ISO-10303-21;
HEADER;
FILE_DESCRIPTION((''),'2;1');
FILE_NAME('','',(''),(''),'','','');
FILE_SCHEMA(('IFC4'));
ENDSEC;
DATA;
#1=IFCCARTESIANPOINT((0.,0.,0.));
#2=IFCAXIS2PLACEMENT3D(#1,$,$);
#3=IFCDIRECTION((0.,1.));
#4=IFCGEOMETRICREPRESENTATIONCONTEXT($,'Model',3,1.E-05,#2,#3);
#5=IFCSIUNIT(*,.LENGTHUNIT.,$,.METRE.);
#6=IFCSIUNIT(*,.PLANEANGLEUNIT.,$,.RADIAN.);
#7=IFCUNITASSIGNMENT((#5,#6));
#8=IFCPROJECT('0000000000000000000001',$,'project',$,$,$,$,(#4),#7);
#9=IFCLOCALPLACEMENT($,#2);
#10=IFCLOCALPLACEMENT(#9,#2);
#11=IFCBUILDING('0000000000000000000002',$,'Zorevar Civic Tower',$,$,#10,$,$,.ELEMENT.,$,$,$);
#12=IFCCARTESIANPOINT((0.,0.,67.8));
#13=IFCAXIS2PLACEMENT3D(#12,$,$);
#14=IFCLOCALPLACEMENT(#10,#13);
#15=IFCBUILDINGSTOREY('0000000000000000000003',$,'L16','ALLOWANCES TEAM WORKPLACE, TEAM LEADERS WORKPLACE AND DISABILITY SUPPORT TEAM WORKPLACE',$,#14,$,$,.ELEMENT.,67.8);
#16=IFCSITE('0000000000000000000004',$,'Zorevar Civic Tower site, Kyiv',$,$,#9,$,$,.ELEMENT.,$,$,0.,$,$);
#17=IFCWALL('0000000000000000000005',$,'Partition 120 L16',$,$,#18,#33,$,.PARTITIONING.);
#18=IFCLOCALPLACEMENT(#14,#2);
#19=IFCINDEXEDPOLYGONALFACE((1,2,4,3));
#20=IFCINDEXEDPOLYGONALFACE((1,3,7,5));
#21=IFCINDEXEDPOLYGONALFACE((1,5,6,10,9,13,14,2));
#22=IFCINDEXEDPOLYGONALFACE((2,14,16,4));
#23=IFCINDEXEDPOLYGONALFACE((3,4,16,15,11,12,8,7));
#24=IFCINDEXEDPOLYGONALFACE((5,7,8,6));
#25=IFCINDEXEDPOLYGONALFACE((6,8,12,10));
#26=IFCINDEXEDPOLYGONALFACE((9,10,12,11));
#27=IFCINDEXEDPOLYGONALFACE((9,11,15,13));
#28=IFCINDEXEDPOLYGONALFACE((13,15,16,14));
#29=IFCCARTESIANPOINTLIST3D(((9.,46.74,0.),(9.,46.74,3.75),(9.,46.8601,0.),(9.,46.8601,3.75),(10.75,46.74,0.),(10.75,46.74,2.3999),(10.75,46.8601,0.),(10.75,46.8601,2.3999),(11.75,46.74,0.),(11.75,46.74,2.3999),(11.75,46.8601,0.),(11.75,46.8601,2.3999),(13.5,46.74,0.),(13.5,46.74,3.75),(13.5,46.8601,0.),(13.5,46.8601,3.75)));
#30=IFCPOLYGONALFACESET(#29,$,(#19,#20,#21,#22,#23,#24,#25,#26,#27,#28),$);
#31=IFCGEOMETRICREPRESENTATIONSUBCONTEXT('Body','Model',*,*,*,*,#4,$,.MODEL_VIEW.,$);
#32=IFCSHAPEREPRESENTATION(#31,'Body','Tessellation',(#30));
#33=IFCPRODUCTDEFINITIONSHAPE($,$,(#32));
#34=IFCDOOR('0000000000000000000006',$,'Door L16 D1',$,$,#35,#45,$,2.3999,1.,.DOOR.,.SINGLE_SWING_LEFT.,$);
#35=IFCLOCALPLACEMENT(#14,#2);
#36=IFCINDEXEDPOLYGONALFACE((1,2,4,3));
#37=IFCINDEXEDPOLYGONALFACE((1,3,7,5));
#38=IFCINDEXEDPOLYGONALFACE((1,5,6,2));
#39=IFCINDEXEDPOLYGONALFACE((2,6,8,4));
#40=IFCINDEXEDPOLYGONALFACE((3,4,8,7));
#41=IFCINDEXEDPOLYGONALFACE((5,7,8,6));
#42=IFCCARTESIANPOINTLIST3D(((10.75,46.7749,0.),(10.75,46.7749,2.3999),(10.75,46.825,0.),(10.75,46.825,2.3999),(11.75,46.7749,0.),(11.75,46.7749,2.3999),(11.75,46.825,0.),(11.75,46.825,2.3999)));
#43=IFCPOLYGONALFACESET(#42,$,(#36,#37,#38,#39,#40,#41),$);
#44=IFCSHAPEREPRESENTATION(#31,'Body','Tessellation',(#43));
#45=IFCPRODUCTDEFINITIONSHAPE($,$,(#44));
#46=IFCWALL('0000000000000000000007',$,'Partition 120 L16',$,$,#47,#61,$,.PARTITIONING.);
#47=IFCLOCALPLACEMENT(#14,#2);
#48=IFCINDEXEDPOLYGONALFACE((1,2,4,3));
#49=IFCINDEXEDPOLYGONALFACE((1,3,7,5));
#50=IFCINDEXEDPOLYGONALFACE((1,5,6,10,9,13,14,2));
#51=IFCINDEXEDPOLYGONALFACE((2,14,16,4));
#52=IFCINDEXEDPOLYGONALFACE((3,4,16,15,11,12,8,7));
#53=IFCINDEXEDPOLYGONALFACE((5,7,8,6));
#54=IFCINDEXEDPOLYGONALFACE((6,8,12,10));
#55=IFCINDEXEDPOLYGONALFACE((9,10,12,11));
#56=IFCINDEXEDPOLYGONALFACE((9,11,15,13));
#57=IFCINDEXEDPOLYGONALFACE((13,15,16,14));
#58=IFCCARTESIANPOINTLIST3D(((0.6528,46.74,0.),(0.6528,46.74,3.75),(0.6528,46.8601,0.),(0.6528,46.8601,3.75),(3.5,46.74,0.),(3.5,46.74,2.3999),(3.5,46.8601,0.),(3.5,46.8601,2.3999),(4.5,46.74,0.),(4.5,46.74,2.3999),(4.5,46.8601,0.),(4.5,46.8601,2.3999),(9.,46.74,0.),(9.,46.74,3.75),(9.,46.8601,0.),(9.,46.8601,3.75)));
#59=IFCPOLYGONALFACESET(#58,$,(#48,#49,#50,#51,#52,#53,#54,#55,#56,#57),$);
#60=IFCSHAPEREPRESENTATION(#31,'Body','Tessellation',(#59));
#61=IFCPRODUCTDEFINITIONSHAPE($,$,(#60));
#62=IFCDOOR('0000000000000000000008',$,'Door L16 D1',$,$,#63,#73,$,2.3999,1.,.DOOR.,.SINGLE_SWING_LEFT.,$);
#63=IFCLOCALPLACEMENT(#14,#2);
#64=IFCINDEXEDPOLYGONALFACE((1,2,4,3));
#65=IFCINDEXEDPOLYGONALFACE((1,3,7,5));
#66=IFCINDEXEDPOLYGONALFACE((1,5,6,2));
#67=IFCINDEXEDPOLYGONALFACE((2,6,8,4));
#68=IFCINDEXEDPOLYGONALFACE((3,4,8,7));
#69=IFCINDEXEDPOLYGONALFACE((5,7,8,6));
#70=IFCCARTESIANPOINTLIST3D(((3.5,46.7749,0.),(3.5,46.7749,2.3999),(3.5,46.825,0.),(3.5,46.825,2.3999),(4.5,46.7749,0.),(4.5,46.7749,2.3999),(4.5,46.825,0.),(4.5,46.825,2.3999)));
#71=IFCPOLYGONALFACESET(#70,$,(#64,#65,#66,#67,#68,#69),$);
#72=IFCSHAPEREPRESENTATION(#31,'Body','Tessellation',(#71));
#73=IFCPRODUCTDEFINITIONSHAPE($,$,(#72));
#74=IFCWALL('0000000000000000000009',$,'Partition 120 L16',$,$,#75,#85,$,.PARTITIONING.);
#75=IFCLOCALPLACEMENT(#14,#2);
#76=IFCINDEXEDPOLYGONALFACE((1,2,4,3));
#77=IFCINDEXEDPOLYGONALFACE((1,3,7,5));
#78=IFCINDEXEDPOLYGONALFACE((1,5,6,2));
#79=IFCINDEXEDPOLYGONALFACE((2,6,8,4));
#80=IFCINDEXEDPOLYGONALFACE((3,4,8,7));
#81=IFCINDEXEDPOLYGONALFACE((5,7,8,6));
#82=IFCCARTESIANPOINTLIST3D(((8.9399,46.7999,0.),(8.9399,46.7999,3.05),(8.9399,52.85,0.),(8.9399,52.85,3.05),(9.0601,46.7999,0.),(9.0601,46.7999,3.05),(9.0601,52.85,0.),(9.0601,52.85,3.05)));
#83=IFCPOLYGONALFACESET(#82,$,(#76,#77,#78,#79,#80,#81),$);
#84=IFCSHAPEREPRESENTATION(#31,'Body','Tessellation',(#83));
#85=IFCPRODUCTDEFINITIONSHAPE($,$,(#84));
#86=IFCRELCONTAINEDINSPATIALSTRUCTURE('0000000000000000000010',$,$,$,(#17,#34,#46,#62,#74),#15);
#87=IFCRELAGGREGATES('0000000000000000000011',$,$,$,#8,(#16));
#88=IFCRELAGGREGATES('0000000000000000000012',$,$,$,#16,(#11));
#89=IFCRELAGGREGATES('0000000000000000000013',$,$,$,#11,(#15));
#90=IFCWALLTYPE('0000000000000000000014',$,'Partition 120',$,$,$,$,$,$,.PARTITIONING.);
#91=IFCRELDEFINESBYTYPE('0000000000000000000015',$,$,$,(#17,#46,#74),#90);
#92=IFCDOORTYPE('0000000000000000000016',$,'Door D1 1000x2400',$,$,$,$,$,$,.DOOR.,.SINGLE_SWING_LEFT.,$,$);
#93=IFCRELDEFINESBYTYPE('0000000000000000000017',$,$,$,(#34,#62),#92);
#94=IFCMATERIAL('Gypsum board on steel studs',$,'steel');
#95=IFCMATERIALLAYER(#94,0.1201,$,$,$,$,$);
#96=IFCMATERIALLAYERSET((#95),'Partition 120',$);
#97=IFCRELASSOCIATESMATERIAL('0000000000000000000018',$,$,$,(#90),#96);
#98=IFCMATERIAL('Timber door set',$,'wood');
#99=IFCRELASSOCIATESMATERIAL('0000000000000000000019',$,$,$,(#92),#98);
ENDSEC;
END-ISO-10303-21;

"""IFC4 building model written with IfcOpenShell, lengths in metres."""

from ifc_helpers import new_model, si_unit, direction, frame, frame_2d, origin, place, context, subcontext, project, spatial, rectangle, extrude, material, layer, layer_set, type_object, element, fill, save


model = new_model("IFC4")

# Units and contexts
model_context = context("Model", 3, precision=1e-05, world=origin(), true_north=direction((0.0, 1.0)))
body_context = subcontext(model_context, "Body", "Model", "MODEL_VIEW")
ifc_project = project(units=[si_unit("LENGTHUNIT", "METRE"), si_unit("PLANEANGLEUNIT", "RADIAN")], contexts=[model_context])

# Site, building, storey
site_placement = place(None, origin())
site = spatial("IfcSite", under=ifc_project, at=site_placement, Name="Zorevar Civic Tower site, Kyiv", CompositionType="ELEMENT", RefElevation=0.0)
building_placement = place(site_placement, origin())
building = spatial("IfcBuilding", under=site, at=building_placement, Name="Zorevar Civic Tower", CompositionType="ELEMENT")
storey_placement = place(building_placement, frame((0.0, 0.0, 67.8)))
storey = spatial("IfcBuildingStorey", under=building, at=storey_placement, Name="L16", Description="ALLOWANCES TEAM WORKPLACE, TEAM LEADERS WORKPLACE AND DISABILITY SUPPORT TEAM WORKPLACE", CompositionType="ELEMENT", Elevation=67.8)

# Walls, openings, doors
ifc_material_1 = material(Name="Gypsum board on steel studs", Category="steel")
ifc_layer_1 = layer(ifc_material_1, 0.1201)
ifc_layer_set_1 = layer_set([ifc_layer_1], Name="Partition 120")
wall_type = type_object("IfcWallType", Name="Partition 120", PredefinedType="PARTITIONING", material=ifc_layer_set_1)
wall_1_placement = place(storey_placement, frame((9.0, 46.8, 0.0), z_axis=(0.0, 0.0, 1.0), x_axis=(1.0, 0.0, 0.0)))
wall_1 = element("IfcWall", 1, at=wall_1_placement, inside=storey, type_object=wall_type, Name="Partition 120 L16", PredefinedType="PARTITIONING", context=body_context, shape_type="SweptSolid", body=[
    extrude(rectangle(XDim=4.5, YDim=0.1201, at=frame_2d((2.25, 0.0))), origin(), (0.0, 0.0, 1.0), 3.75),
])
opening_1_placement = place(wall_1_placement, frame((1.75, 0.0, 0.0)))
opening_1 = element("IfcOpeningElement", 2, at=opening_1_placement, cuts=wall_1, PredefinedType="OPENING", context=body_context, shape_type="SweptSolid", body=[
    extrude(rectangle(XDim=1.0, YDim=2.3999, at=frame_2d((0.5, 1.2))), frame((0.0, 0.0701, 0.0), z_axis=(0.0, -1.0, 0.0), x_axis=(1.0, 0.0, 0.0)), (0.0, 0.0, 1.0), 0.1401),
])
ifc_material_2 = material(Name="Timber door set", Category="wood")
door_type = type_object("IfcDoorType", Name="Door D1 1000x2400", OperationType="SINGLE_SWING_LEFT", PredefinedType="DOOR", material=ifc_material_2)
door_1_placement = place(opening_1_placement, origin())
door_1 = element("IfcDoor", 3, at=door_1_placement, inside=storey, type_object=door_type, Name="Door L16 D1", OperationType="SINGLE_SWING_LEFT", OverallHeight=2.3999, OverallWidth=1.0, PredefinedType="DOOR", context=body_context, shape_type="SweptSolid", body=[
    extrude(rectangle(XDim=1.0, YDim=2.3999, at=frame_2d((0.5, 1.2))), frame((0.0, 0.0249, 0.0), z_axis=(0.0, -1.0, 0.0), x_axis=(1.0, 0.0, 0.0)), (0.0, 0.0, 1.0), 0.05),
])
fill(opening_1, door_1)
wall_2_placement = place(storey_placement, frame((0.6528, 46.8, 0.0), z_axis=(0.0, 0.0, 1.0), x_axis=(1.0, 0.0, 0.0)))
wall_2 = element("IfcWall", 4, at=wall_2_placement, inside=storey, type_object=wall_type, Name="Partition 120 L16", PredefinedType="PARTITIONING", context=body_context, shape_type="SweptSolid", body=[
    extrude(rectangle(XDim=8.3472, YDim=0.1201, at=frame_2d((4.1736, 0.0))), origin(), (0.0, 0.0, 1.0), 3.75),
])
opening_2_placement = place(wall_2_placement, frame((2.8472, 0.0, 0.0)))
opening_2 = element("IfcOpeningElement", 5, at=opening_2_placement, cuts=wall_2, PredefinedType="OPENING", context=body_context, shape_type="SweptSolid", body=[
    extrude(rectangle(XDim=1.0, YDim=2.3999, at=frame_2d((0.5, 1.2))), frame((0.0, 0.0701, 0.0), z_axis=(0.0, -1.0, 0.0), x_axis=(1.0, 0.0, 0.0)), (0.0, 0.0, 1.0), 0.1401),
])
door_2_placement = place(opening_2_placement, origin())
door_2 = element("IfcDoor", 6, at=door_2_placement, inside=storey, type_object=door_type, Name="Door L16 D1", OperationType="SINGLE_SWING_LEFT", OverallHeight=2.3999, OverallWidth=1.0, PredefinedType="DOOR", context=body_context, shape_type="SweptSolid", body=[
    extrude(rectangle(XDim=1.0, YDim=2.3999, at=frame_2d((0.5, 1.2))), frame((0.0, 0.0249, 0.0), z_axis=(0.0, -1.0, 0.0), x_axis=(1.0, 0.0, 0.0)), (0.0, 0.0, 1.0), 0.05),
])
fill(opening_2, door_2)

# Wall
wall_3_placement = place(storey_placement, frame((9.0, 46.8, 0.0), z_axis=(0.0, 0.0, 1.0), x_axis=(0.0, 1.0, 0.0)))
element("IfcWall", 7, at=wall_3_placement, inside=storey, type_object=wall_type, Name="Partition 120 L16", PredefinedType="PARTITIONING", context=body_context, shape_type="SweptSolid", body=[
    extrude(rectangle(XDim=6.05, YDim=0.1201, at=frame_2d((3.0249, 0.0))), origin(), (0.0, 0.0, 1.0), 3.05),
])

save(model, "model.ifc")
